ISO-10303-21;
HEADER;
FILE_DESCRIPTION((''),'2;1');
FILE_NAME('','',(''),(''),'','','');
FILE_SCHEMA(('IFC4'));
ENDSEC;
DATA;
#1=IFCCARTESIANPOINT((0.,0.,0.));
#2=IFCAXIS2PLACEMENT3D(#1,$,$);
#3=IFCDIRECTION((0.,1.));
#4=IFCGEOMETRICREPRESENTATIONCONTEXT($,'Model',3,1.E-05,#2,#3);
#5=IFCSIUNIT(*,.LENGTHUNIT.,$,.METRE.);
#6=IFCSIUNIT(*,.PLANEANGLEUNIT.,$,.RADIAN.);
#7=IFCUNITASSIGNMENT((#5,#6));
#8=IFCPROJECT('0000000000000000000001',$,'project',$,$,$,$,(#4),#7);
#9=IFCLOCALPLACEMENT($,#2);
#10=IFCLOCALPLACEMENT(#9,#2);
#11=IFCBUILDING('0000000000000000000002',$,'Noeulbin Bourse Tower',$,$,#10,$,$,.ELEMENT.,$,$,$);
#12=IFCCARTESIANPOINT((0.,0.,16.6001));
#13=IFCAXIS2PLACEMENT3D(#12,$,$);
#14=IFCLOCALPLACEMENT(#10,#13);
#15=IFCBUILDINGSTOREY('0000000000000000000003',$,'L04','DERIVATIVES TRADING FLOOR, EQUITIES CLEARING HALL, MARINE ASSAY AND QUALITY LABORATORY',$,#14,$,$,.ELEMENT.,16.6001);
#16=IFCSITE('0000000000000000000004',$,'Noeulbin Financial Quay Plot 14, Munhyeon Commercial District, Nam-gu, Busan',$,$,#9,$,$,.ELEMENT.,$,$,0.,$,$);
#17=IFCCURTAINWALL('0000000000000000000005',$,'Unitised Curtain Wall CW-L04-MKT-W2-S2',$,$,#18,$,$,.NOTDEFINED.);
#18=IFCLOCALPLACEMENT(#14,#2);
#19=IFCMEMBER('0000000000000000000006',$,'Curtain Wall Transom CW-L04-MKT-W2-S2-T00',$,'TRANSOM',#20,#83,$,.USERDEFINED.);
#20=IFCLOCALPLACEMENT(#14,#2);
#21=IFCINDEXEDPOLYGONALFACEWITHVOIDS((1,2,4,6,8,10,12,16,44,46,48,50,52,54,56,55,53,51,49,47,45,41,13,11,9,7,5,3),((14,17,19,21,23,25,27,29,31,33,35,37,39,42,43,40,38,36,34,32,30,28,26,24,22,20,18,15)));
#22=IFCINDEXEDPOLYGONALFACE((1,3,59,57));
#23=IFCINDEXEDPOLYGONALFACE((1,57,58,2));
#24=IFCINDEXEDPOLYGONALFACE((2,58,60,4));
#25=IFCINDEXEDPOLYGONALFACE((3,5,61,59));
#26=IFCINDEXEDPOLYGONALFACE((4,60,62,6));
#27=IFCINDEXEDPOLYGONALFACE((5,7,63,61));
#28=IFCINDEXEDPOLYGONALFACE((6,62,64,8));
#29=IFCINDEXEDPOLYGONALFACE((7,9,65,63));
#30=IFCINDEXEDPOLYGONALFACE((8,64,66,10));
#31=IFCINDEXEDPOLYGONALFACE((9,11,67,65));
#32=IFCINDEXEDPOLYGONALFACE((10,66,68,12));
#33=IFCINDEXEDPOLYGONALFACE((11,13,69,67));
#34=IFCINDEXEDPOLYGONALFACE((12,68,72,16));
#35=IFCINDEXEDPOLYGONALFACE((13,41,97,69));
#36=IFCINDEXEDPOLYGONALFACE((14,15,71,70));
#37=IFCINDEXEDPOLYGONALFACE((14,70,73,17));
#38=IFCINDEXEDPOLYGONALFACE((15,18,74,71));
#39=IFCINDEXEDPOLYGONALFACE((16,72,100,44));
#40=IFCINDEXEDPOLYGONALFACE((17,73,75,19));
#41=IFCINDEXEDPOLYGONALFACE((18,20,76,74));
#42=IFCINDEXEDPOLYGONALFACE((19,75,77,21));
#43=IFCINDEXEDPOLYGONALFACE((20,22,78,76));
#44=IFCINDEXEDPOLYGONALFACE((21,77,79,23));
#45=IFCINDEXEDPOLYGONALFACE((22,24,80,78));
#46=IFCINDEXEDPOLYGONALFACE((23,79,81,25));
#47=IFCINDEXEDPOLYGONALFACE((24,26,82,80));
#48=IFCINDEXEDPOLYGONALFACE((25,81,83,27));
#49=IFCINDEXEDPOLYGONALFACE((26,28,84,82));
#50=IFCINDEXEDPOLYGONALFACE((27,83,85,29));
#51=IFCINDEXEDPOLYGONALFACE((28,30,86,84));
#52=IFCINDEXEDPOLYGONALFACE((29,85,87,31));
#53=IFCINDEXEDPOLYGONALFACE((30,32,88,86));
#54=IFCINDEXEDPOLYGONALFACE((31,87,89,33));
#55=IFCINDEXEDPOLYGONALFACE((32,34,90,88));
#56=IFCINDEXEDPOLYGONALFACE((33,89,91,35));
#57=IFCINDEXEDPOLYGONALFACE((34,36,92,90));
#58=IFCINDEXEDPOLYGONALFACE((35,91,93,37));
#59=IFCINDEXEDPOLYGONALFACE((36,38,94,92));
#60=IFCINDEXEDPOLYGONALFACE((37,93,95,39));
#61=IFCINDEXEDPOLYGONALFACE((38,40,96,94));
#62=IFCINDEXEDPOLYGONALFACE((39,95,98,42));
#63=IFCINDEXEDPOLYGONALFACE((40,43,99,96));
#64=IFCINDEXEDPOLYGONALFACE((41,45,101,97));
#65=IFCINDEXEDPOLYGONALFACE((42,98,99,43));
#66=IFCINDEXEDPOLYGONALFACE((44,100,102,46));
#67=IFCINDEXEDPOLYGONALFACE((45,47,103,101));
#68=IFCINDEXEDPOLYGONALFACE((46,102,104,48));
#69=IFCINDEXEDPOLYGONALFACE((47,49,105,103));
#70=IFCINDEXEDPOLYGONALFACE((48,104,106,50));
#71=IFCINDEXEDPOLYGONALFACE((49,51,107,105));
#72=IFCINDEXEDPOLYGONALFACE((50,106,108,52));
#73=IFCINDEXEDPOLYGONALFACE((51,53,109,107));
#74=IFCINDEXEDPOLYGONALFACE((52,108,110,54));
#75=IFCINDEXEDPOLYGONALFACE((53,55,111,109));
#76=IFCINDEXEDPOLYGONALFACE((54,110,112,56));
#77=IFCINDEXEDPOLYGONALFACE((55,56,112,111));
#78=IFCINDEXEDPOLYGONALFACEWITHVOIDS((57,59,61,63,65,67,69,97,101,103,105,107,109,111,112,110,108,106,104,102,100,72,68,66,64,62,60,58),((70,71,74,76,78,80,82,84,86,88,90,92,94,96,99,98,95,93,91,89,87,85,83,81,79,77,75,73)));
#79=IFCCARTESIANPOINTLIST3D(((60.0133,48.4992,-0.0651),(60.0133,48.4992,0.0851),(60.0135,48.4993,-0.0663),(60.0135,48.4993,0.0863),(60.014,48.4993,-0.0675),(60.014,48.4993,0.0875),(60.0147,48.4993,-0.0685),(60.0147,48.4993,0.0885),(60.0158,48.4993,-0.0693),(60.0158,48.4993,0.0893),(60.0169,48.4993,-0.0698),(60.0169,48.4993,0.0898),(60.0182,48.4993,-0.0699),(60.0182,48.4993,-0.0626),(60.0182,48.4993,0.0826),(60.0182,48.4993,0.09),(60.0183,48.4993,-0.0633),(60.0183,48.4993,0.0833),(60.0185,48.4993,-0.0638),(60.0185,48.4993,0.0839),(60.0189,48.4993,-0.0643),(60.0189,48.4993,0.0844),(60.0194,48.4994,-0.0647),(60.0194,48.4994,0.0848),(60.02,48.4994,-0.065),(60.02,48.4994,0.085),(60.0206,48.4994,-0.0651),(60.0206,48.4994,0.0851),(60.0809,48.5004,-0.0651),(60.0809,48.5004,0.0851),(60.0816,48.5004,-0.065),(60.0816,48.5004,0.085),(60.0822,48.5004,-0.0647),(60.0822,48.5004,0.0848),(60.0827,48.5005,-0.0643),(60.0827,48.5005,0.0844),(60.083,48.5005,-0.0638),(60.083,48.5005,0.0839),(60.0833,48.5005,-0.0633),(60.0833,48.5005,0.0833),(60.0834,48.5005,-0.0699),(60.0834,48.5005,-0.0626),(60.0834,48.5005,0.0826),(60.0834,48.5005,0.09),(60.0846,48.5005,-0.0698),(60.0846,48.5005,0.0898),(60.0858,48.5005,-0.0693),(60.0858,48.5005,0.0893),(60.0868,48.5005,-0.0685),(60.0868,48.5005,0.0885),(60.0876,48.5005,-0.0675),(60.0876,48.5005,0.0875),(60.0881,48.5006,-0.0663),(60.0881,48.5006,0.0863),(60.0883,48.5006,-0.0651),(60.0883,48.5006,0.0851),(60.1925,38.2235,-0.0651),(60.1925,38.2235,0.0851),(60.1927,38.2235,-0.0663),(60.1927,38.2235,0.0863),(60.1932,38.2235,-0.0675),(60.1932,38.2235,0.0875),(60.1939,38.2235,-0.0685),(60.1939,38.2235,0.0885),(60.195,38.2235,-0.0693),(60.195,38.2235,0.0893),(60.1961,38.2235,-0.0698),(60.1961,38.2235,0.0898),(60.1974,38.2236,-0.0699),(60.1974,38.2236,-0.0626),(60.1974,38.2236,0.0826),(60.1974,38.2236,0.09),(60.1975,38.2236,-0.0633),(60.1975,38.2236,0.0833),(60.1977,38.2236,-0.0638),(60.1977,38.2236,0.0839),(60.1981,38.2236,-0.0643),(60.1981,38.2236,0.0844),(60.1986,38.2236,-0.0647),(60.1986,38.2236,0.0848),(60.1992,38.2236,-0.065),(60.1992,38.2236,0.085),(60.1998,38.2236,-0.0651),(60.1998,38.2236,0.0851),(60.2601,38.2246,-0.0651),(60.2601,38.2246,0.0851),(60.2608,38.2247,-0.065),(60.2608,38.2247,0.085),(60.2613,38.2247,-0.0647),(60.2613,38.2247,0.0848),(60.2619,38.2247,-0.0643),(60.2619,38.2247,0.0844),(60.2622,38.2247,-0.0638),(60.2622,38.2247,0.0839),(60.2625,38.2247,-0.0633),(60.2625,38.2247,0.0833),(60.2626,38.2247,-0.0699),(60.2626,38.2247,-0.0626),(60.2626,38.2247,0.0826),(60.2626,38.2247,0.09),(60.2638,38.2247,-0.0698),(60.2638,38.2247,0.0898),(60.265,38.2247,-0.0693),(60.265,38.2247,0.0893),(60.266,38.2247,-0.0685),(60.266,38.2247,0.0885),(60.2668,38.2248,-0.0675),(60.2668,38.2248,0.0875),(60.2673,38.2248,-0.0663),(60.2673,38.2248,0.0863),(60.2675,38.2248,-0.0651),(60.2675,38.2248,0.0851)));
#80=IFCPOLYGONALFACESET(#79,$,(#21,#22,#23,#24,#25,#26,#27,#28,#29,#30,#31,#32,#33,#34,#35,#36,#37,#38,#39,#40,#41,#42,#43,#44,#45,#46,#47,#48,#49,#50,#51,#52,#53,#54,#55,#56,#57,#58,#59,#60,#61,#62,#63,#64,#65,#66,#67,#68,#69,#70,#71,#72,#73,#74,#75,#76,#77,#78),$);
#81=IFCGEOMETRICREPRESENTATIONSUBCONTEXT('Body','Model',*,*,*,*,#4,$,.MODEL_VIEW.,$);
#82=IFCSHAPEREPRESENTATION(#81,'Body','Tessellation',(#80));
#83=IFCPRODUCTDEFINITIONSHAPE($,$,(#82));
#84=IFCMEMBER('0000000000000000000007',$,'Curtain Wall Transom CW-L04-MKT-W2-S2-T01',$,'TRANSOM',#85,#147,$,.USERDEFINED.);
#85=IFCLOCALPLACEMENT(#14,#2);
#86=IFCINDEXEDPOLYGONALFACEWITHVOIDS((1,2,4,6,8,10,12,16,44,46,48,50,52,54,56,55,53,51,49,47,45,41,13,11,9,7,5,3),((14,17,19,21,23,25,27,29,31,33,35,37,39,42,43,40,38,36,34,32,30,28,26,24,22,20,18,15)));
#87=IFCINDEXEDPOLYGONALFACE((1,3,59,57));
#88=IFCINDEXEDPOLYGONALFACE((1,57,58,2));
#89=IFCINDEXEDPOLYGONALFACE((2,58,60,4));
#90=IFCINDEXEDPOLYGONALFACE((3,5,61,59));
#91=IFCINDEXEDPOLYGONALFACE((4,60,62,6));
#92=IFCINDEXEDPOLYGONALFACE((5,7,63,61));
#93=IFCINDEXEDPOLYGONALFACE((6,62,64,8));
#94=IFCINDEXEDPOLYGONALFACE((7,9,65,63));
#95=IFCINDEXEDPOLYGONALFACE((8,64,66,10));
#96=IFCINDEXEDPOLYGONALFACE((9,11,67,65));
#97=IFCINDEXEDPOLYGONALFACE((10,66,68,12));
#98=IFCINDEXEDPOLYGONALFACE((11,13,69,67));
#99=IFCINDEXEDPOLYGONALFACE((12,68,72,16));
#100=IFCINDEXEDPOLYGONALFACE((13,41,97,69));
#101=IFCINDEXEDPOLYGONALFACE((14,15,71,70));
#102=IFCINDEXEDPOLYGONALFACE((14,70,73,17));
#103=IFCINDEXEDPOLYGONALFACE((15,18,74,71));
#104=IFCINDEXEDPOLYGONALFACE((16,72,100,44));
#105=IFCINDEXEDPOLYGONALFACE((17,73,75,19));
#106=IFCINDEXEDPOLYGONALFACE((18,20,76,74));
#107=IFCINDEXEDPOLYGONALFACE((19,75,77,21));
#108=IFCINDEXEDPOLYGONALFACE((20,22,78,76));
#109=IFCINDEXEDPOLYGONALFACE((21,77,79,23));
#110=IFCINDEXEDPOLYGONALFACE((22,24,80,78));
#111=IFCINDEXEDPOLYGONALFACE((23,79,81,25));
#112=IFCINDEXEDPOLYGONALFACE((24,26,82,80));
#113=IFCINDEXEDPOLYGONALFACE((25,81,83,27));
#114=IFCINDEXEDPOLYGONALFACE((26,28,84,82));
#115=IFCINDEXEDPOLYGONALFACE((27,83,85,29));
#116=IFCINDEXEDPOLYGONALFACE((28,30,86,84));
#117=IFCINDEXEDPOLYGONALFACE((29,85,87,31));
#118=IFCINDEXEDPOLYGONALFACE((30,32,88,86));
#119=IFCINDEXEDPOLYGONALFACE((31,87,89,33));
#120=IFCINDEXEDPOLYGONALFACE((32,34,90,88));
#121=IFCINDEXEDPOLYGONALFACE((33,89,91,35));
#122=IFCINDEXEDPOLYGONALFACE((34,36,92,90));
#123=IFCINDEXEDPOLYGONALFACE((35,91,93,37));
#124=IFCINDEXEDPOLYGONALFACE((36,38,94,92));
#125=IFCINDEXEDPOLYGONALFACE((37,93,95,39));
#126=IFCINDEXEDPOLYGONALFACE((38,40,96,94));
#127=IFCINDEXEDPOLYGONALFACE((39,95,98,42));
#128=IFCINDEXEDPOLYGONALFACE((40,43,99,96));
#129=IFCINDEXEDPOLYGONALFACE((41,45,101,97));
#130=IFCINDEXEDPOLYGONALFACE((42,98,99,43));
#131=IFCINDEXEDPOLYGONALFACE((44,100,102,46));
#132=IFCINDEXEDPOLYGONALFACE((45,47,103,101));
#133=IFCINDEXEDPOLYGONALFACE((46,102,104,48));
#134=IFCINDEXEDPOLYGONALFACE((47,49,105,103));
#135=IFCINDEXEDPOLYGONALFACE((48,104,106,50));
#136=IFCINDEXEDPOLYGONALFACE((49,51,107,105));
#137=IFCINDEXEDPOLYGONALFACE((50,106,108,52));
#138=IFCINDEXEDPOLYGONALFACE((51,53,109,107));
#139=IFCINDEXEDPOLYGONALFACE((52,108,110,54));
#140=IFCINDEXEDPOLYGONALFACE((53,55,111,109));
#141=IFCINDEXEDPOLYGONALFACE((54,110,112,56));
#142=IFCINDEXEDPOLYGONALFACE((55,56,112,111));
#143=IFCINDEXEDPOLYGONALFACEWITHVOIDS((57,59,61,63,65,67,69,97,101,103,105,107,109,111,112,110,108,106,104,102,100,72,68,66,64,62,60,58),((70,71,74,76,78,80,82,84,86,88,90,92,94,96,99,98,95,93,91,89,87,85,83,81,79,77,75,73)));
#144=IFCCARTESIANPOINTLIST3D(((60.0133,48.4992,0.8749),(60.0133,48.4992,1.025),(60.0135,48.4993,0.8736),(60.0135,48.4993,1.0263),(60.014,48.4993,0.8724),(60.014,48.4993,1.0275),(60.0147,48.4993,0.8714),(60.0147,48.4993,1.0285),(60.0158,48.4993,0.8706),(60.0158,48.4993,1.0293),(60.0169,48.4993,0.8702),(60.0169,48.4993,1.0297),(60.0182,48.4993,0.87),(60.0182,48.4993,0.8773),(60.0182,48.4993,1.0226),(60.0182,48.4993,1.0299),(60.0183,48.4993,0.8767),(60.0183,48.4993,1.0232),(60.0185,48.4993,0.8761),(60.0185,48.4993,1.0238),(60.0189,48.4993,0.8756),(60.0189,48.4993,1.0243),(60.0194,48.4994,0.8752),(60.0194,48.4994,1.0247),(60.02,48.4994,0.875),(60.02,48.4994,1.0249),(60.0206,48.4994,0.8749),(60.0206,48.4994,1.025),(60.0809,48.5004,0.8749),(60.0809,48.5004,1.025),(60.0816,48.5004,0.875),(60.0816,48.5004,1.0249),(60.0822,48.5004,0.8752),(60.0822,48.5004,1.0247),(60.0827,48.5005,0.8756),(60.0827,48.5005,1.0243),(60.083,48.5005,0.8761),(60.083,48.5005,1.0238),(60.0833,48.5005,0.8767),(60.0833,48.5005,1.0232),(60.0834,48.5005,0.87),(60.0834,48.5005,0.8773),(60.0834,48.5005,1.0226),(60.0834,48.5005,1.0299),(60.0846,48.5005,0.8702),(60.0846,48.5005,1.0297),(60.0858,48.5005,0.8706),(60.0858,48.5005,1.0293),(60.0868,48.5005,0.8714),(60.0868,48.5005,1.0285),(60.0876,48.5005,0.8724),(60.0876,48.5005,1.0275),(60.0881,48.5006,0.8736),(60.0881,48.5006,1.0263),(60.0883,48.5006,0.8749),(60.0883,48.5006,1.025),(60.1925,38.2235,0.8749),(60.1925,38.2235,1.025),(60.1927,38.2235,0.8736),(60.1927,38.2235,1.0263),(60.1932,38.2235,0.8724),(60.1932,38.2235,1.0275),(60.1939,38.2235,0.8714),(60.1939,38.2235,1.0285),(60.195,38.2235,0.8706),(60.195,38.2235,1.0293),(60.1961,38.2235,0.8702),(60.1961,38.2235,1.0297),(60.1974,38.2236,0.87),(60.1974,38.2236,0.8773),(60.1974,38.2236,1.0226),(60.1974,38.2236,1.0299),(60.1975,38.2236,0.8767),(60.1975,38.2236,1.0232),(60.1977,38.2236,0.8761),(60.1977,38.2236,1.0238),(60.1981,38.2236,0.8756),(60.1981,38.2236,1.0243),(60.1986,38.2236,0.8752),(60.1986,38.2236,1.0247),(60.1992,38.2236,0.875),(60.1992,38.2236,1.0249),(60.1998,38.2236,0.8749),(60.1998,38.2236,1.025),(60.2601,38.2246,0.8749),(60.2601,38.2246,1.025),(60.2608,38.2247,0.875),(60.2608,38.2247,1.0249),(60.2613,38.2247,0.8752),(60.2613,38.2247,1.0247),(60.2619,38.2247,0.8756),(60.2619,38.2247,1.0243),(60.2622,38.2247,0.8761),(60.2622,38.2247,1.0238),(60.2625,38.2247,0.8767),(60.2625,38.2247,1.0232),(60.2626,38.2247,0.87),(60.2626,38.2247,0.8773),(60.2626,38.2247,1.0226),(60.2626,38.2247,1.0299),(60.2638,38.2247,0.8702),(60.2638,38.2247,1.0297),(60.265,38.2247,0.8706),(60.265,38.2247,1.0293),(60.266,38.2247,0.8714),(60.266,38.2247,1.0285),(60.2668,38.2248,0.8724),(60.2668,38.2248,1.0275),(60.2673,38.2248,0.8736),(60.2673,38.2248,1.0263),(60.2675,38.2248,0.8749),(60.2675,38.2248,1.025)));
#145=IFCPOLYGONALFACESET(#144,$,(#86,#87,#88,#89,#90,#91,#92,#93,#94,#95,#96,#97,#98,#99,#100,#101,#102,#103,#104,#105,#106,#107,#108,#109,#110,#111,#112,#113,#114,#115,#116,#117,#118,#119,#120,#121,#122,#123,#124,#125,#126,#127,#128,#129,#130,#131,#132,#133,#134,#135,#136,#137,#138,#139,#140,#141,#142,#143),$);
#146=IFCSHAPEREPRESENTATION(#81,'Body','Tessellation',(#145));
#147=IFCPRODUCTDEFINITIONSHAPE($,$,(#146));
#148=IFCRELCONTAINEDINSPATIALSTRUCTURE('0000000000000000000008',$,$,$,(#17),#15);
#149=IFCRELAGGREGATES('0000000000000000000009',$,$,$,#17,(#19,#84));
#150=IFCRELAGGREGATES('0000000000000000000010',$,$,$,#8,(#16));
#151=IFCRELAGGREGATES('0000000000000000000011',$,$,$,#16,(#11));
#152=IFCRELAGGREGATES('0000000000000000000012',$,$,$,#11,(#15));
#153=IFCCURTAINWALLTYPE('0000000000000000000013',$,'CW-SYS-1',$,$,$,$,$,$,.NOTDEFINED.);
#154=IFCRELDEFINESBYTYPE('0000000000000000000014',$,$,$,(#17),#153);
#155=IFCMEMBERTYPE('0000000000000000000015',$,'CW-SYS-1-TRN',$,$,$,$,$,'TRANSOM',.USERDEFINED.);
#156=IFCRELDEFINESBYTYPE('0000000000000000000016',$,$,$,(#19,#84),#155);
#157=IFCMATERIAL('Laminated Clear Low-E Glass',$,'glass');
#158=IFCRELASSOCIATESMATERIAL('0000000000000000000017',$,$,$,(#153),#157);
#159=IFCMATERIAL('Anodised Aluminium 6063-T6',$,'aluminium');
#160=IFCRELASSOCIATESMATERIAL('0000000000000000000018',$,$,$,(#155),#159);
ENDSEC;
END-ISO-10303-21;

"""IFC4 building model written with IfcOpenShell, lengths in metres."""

from ifc_helpers import new_model, si_unit, direction, frame, origin, origin_2d, place, context, subcontext, project, spatial, hollow_rectangle, extrude, material, material_profile, profile_set, type_object, element, aggregate, save


model = new_model("IFC4")

# Units and contexts
model_context = context("Model", 3, precision=1e-05, world=origin(), true_north=direction((0.0, 1.0)))
body_context = subcontext(model_context, "Body", "Model", "MODEL_VIEW")
ifc_project = project(units=[si_unit("LENGTHUNIT", "METRE"), si_unit("PLANEANGLEUNIT", "RADIAN")], contexts=[model_context])

# Site, building, storey
site_placement = place(None, origin())
site = spatial("IfcSite", under=ifc_project, at=site_placement, Name="Noeulbin Financial Quay Plot 14, Munhyeon Commercial District, Nam-gu, Busan", CompositionType="ELEMENT", RefElevation=0.0)
building_placement = place(site_placement, origin())
building = spatial("IfcBuilding", under=site, at=building_placement, Name="Noeulbin Bourse Tower", CompositionType="ELEMENT")
storey_placement = place(building_placement, frame((0.0, 0.0, 16.6001)))
storey = spatial("IfcBuildingStorey", under=building, at=storey_placement, Name="L04", Description="DERIVATIVES TRADING FLOOR, EQUITIES CLEARING HALL, MARINE ASSAY AND QUALITY LABORATORY", CompositionType="ELEMENT", Elevation=16.6001)

# Shared definitions
ifc_material_1 = material(Name="Laminated Clear Low-E Glass", Category="glass")
curtain_wall_type = type_object("IfcCurtainWallType", Name="CW-SYS-1", PredefinedType="NOTDEFINED", material=ifc_material_1)
ifc_material_2 = material(Name="Anodised Aluminium 6063-T6", Category="aluminium")

# Curtain wall, members
curtain_wall_1_placement = place(storey_placement, origin())
curtain_wall_1 = element("IfcCurtainWall", 1, at=curtain_wall_1_placement, inside=storey, type_object=curtain_wall_type, Name="Unitised Curtain Wall CW-L04-MKT-W2-S2", PredefinedType="NOTDEFINED")
ifc_material_profile_1 = material_profile(ifc_material_2, hollow_rectangle(XDim=0.075, YDim=0.1599, WallThickness=0.0049, InnerFilletRadius=0.0024, OuterFilletRadius=0.0049, at=origin_2d()), Name="ALU-TRAN-75x160x5", Category="LoadBearing")
ifc_profile_set_1 = profile_set([ifc_material_profile_1], Name="Anodised Aluminium 6063-T6")
member_type_1 = type_object("IfcMemberType", Name="CW-SYS-1-TRN", ElementType="TRANSOM", PredefinedType="USERDEFINED", material=ifc_profile_set_1)
member_1_placement = place(storey_placement, frame((60.23, 38.2241, 0.01), z_axis=(-0.017436, 0.999848, 0.0), x_axis=(-0.999848, -0.017436, 0.0)))
member_1 = element("IfcMember", 2, at=member_1_placement, type_object=member_type_1, Name="Curtain Wall Transom CW-L04-MKT-W2-S2-T00", ObjectType="TRANSOM", PredefinedType="USERDEFINED", context=body_context, shape_type="SweptSolid", body=[
    extrude(hollow_rectangle(XDim=0.075, YDim=0.1599, WallThickness=0.0049, InnerFilletRadius=0.0024, OuterFilletRadius=0.0049, at=origin_2d()), origin(), (0.0, 0.0, 1.0), 10.2773),
])
member_2_placement = place(storey_placement, frame((60.23, 38.2241, 0.95), z_axis=(-0.017436, 0.999848, 0.0), x_axis=(-0.999848, -0.017436, 0.0)))
member_2 = element("IfcMember", 3, at=member_2_placement, type_object=member_type_1, Name="Curtain Wall Transom CW-L04-MKT-W2-S2-T01", ObjectType="TRANSOM", PredefinedType="USERDEFINED", context=body_context, shape_type="SweptSolid", body=[
    extrude(hollow_rectangle(XDim=0.075, YDim=0.1599, WallThickness=0.0049, InnerFilletRadius=0.0024, OuterFilletRadius=0.0049, at=origin_2d()), origin(), (0.0, 0.0, 1.0), 10.2773),
])

aggregate(curtain_wall_1, [member_1, member_2])

save(model, "model.ifc")
